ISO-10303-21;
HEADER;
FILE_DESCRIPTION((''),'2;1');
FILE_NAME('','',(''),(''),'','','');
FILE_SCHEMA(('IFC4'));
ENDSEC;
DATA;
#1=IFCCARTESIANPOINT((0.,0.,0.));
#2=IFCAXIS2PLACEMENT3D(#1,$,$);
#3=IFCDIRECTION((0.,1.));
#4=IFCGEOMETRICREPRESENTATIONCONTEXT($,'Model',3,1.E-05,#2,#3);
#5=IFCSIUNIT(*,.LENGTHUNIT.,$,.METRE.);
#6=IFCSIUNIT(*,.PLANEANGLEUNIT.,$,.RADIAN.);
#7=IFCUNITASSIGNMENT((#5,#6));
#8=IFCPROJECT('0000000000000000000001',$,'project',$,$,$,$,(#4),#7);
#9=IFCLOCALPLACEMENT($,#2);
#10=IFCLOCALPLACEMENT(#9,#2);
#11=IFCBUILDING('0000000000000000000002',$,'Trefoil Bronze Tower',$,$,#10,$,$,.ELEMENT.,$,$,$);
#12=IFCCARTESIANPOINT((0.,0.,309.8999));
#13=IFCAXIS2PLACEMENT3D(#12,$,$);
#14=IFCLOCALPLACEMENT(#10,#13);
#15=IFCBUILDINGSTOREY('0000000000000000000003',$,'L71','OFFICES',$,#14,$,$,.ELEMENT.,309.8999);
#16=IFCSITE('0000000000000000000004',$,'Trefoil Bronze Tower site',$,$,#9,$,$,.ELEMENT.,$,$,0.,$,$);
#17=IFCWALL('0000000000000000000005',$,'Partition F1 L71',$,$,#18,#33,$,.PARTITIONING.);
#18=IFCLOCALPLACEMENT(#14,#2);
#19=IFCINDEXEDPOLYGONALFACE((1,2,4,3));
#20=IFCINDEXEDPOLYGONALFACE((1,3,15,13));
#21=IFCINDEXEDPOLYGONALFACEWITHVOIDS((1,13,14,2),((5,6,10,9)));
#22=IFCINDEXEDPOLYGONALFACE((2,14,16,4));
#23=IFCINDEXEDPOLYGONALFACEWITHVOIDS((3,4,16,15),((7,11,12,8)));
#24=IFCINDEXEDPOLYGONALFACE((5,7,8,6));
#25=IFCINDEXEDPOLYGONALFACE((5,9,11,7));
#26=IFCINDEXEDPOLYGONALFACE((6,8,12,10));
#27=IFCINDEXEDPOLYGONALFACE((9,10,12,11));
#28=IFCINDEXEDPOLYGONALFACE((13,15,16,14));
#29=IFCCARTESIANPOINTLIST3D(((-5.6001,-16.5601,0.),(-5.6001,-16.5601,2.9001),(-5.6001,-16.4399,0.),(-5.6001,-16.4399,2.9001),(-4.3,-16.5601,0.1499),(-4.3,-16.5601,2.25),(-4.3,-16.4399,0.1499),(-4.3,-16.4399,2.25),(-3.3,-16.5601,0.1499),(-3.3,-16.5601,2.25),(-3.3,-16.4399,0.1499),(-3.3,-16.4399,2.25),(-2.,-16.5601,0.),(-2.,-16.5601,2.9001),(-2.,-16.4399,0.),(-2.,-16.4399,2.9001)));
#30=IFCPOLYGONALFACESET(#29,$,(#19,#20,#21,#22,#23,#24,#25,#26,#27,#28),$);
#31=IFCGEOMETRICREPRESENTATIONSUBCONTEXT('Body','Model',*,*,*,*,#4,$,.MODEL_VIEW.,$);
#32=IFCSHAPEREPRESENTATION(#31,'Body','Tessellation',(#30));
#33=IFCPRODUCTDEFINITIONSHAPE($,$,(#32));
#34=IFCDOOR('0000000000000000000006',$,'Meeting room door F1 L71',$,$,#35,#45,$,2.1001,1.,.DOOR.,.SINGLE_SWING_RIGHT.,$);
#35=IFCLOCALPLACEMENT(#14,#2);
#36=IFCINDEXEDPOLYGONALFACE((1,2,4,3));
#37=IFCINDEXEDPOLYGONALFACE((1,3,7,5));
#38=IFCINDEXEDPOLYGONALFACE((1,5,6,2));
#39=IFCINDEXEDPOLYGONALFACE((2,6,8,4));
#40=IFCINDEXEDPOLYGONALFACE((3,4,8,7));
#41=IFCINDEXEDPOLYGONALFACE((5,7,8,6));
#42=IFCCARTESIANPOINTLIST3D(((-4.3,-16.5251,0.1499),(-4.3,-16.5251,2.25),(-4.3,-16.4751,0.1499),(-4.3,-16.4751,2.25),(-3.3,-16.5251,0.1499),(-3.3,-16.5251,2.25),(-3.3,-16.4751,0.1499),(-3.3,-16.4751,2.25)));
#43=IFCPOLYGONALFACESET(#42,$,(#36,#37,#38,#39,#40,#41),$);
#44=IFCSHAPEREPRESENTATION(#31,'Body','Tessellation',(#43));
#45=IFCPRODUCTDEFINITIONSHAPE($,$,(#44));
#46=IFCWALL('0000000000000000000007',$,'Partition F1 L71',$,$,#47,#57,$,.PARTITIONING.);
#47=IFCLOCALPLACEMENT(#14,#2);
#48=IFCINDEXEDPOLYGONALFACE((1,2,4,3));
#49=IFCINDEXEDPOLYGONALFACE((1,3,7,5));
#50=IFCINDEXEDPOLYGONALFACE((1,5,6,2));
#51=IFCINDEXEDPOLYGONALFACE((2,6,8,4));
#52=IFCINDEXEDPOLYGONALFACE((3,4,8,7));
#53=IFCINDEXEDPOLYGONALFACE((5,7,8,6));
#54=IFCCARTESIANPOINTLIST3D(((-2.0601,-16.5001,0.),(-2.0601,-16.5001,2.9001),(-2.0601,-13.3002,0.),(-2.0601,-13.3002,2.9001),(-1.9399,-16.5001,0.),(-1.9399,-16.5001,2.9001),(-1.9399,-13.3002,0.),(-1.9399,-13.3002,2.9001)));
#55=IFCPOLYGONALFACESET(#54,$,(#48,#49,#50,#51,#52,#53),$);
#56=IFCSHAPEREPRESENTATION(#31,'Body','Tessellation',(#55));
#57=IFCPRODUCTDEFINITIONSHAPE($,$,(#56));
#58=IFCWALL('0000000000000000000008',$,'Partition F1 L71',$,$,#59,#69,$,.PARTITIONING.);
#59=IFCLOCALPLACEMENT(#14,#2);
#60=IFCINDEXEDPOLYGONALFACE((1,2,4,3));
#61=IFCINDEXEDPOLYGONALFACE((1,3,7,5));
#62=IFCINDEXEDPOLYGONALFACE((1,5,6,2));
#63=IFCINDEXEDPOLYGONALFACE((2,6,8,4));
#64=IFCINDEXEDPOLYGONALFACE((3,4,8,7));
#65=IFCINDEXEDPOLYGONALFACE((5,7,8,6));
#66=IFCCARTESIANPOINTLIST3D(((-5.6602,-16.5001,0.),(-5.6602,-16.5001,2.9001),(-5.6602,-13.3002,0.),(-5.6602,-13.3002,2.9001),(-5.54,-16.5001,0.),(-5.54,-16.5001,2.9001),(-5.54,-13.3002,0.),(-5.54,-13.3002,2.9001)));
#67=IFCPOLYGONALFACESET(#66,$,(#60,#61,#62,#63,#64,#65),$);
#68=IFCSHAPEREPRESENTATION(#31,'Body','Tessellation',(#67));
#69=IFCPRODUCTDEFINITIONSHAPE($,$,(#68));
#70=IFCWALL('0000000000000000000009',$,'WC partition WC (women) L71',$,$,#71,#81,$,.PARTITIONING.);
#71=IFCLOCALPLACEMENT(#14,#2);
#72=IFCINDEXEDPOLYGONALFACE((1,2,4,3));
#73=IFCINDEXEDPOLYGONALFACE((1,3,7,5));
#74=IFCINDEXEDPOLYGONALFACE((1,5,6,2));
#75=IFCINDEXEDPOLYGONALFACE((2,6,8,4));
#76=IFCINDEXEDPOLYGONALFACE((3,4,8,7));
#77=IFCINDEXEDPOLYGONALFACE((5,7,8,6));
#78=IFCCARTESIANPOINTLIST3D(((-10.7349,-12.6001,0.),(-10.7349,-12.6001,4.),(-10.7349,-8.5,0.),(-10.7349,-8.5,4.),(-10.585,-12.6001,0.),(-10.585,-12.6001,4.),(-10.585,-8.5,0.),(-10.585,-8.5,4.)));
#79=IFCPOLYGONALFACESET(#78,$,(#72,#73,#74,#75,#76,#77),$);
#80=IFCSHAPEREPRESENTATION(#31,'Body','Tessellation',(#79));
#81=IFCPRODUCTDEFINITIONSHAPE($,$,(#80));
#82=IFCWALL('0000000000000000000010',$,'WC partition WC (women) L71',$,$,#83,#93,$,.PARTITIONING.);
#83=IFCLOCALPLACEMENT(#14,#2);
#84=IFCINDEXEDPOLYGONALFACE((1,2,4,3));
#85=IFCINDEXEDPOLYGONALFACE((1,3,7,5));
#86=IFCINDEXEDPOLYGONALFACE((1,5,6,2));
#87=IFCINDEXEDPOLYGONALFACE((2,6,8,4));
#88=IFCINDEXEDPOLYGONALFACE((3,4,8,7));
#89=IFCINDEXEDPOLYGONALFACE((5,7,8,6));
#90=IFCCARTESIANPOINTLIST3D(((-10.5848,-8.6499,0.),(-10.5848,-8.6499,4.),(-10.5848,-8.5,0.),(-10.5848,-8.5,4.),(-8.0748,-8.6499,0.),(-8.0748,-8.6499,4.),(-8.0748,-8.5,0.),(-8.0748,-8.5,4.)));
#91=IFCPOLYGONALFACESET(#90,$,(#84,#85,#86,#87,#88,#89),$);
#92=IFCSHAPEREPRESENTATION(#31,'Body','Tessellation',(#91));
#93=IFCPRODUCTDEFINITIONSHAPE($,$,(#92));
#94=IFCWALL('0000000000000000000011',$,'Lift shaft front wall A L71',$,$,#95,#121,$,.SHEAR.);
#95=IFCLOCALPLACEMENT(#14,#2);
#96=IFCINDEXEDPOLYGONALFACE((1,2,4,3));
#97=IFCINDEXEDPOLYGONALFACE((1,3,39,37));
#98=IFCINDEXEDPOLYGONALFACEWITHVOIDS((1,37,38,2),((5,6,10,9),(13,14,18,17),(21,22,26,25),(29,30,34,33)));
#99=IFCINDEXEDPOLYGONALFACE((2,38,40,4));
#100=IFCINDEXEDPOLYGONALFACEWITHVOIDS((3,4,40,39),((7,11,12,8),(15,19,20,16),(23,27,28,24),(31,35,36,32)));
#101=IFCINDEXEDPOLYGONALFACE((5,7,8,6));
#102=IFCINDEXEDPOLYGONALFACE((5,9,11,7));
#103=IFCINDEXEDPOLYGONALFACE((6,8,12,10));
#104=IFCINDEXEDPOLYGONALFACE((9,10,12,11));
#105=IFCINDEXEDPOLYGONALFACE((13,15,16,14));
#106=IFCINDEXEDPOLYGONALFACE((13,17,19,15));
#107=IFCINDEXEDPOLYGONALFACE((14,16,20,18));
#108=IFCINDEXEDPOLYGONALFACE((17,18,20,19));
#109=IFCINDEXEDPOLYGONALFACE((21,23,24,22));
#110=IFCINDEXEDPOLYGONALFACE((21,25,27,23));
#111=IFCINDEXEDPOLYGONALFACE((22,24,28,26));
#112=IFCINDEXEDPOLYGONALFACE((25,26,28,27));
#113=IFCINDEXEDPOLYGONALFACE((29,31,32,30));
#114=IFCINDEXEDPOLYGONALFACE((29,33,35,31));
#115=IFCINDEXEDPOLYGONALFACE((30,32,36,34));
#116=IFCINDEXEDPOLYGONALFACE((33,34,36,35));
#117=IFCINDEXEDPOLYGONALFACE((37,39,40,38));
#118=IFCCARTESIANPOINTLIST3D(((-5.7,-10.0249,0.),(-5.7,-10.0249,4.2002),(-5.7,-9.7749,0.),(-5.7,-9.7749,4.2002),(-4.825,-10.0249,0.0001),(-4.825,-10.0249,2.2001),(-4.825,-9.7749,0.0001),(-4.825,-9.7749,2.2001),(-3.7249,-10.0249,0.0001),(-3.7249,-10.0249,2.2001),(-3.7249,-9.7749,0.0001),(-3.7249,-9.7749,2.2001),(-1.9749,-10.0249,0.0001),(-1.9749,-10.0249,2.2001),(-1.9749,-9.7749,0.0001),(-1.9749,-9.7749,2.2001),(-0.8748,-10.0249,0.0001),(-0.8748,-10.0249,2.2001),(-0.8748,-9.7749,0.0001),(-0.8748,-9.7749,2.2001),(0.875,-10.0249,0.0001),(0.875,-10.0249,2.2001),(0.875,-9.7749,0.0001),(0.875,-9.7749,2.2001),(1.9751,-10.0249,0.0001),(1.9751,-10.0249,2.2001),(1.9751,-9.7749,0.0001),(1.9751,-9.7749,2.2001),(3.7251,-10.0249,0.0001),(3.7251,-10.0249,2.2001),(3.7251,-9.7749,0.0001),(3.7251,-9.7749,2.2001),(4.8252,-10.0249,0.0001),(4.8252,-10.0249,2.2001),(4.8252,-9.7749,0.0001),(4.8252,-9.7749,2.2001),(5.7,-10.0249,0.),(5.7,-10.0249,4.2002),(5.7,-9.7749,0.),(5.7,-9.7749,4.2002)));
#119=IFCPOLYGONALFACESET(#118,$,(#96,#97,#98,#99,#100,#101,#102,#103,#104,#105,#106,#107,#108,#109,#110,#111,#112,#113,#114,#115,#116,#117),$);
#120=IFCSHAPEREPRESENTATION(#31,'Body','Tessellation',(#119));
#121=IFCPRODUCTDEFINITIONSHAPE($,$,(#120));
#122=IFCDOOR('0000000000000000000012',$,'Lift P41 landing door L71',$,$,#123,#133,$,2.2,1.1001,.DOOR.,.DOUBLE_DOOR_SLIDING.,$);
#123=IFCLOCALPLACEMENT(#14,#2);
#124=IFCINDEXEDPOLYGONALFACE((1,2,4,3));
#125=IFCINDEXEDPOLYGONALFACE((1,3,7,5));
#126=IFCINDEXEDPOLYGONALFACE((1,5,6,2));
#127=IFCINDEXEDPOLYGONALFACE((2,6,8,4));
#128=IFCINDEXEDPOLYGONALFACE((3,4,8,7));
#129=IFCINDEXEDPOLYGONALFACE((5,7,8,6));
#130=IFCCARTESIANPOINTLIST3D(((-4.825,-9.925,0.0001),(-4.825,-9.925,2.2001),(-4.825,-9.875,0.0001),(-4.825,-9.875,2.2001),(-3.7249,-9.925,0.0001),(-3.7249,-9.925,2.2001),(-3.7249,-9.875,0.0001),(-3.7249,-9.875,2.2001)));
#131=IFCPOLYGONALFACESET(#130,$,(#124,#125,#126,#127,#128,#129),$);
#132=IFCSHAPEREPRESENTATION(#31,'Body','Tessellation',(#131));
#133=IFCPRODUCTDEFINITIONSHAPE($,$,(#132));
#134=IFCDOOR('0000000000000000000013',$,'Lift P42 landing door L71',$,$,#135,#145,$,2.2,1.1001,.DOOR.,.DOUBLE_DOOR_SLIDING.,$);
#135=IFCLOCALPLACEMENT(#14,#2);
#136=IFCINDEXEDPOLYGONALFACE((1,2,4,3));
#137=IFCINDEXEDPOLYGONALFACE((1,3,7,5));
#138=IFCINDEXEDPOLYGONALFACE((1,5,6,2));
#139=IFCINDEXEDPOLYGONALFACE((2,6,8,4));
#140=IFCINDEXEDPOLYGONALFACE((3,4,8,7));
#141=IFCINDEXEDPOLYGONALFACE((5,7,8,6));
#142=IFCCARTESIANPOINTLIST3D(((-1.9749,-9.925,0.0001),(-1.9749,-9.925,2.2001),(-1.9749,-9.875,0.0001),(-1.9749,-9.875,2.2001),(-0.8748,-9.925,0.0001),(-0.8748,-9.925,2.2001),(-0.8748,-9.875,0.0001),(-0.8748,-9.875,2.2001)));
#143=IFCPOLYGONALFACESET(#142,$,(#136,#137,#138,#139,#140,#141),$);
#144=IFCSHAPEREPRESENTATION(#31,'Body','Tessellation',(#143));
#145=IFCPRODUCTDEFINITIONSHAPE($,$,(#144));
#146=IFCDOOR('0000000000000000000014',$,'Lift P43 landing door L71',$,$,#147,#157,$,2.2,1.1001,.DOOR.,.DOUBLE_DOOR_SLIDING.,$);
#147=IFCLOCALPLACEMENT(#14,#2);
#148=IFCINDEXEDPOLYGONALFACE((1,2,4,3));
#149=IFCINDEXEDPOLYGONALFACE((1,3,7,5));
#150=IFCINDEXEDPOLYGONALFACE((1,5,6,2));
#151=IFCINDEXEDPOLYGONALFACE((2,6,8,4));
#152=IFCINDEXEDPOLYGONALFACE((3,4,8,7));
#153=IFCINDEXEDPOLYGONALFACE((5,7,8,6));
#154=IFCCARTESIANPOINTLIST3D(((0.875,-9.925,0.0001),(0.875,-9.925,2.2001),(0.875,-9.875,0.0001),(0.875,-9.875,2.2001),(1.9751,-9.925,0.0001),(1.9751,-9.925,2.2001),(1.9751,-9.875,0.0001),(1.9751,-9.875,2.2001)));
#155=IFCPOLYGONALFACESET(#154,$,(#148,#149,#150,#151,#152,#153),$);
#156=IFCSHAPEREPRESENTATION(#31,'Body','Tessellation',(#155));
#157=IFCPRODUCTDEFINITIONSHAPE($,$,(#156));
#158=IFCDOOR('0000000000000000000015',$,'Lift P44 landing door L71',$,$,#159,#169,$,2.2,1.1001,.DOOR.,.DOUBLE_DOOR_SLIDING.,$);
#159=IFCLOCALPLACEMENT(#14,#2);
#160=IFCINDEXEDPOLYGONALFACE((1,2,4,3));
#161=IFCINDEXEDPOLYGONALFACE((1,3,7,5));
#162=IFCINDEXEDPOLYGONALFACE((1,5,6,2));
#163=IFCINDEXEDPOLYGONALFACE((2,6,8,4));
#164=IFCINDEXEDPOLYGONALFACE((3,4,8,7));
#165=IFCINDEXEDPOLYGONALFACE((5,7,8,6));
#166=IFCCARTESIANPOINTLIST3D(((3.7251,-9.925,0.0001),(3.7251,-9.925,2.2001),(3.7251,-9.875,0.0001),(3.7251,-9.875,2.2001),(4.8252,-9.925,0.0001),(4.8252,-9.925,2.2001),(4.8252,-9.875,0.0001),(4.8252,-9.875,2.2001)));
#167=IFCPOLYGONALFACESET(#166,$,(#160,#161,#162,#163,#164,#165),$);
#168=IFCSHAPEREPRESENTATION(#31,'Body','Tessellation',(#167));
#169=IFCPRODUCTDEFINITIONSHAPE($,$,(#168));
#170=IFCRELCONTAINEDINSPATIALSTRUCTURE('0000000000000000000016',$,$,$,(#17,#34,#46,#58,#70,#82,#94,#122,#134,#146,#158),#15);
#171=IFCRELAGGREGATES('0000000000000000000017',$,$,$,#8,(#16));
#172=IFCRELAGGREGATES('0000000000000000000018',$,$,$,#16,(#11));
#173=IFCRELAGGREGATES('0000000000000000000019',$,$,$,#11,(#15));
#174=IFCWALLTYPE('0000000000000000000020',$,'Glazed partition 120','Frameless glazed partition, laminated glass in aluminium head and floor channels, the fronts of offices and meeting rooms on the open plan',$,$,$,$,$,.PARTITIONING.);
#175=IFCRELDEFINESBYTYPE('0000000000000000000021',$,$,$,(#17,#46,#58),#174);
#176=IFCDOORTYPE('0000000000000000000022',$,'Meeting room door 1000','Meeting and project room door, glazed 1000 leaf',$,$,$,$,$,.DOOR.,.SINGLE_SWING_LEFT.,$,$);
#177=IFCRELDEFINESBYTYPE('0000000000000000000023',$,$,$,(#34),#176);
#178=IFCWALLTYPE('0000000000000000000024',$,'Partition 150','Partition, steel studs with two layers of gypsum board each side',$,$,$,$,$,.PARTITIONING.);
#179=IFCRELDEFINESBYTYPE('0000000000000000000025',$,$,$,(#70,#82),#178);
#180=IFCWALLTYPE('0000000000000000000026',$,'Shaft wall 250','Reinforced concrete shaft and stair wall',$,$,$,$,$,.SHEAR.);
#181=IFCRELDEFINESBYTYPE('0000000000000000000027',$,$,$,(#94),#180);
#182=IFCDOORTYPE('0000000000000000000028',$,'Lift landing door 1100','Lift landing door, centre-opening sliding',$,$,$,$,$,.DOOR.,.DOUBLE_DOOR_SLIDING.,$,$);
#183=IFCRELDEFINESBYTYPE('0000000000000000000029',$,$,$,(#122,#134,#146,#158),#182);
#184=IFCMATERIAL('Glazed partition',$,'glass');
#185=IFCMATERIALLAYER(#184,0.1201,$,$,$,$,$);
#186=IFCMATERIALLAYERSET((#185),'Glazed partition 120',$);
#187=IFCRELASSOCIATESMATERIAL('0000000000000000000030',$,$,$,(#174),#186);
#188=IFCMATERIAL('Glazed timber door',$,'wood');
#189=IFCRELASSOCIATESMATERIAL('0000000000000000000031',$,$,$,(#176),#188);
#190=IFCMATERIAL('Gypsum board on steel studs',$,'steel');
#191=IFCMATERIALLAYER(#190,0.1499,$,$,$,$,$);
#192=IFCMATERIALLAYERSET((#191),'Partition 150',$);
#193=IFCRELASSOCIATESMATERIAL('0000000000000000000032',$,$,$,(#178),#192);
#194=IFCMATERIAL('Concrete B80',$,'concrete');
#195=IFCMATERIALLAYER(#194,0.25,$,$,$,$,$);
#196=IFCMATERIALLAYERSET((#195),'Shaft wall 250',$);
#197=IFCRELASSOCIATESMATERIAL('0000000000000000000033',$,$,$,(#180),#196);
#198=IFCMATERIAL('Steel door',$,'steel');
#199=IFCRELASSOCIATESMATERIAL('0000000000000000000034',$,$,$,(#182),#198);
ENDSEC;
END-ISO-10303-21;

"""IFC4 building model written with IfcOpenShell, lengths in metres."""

from ifc_helpers import new_model, si_unit, direction, frame, frame_2d, origin, place, context, subcontext, project, spatial, rectangle, extrude, material, layer, layer_set, type_object, element, fill, save


model = new_model("IFC4")

# Units and contexts
model_context = context("Model", 3, precision=1e-05, world=origin(), true_north=direction((0.0, 1.0)))
body_context = subcontext(model_context, "Body", "Model", "MODEL_VIEW")
ifc_project = project(units=[si_unit("LENGTHUNIT", "METRE"), si_unit("PLANEANGLEUNIT", "RADIAN")], contexts=[model_context])

# Site, building, storey
site_placement = place(None, origin())
site = spatial("IfcSite", under=ifc_project, at=site_placement, Name="Trefoil Bronze Tower site", CompositionType="ELEMENT", RefElevation=0.0)
building_placement = place(site_placement, origin())
building = spatial("IfcBuilding", under=site, at=building_placement, Name="Trefoil Bronze Tower", CompositionType="ELEMENT")
storey_placement = place(building_placement, frame((0.0, 0.0, 309.8999)))
storey = spatial("IfcBuildingStorey", under=building, at=storey_placement, Name="L71", Description="OFFICES", CompositionType="ELEMENT", Elevation=309.8999)

# Wall, opening, door
ifc_material_1 = material(Name="Glazed partition", Category="glass")
ifc_layer_1 = layer(ifc_material_1, 0.1201)
ifc_layer_set_1 = layer_set([ifc_layer_1], Name="Glazed partition 120")
wall_type_1 = type_object("IfcWallType", Name="Glazed partition 120", Description="Frameless glazed partition, laminated glass in aluminium head and floor channels, the fronts of offices and meeting rooms on the open plan", PredefinedType="PARTITIONING", material=ifc_layer_set_1)
wall_1_placement = place(storey_placement, frame((-5.6001, -16.5, 0.0), z_axis=(0.0, 0.0, 1.0), x_axis=(1.0, 0.0, 0.0)))
wall_1 = element("IfcWall", 1, at=wall_1_placement, inside=storey, type_object=wall_type_1, Name="Partition F1 L71", PredefinedType="PARTITIONING", context=body_context, shape_type="SweptSolid", body=[
    extrude(rectangle(XDim=3.6001, YDim=0.1201, at=frame_2d((1.8, 0.0))), origin(), (0.0, 0.0, 1.0), 2.9001),
])
opening_1_placement = place(wall_1_placement, frame((1.3, 0.0, 0.1499)))
opening_1 = element("IfcOpeningElement", 2, at=opening_1_placement, cuts=wall_1, PredefinedType="OPENING", context=body_context, shape_type="SweptSolid", body=[
    extrude(rectangle(XDim=1.0, YDim=2.1001, at=frame_2d((0.5, 1.05))), frame((0.0, 0.0701, 0.0), z_axis=(0.0, -1.0, 0.0), x_axis=(1.0, 0.0, 0.0)), (0.0, 0.0, 1.0), 0.1401),
])
ifc_material_2 = material(Name="Glazed timber door", Category="wood")
door_type_1 = type_object("IfcDoorType", Name="Meeting room door 1000", Description="Meeting and project room door, glazed 1000 leaf", OperationType="SINGLE_SWING_LEFT", PredefinedType="DOOR", material=ifc_material_2)
door_1_placement = place(opening_1_placement, origin())
door_1 = element("IfcDoor", 3, at=door_1_placement, inside=storey, type_object=door_type_1, Name="Meeting room door F1 L71", OperationType="SINGLE_SWING_RIGHT", OverallHeight=2.1001, OverallWidth=1.0, PredefinedType="DOOR", context=body_context, shape_type="SweptSolid", body=[
    extrude(rectangle(XDim=1.0, YDim=2.1001, at=frame_2d((0.5, 1.05))), frame((0.0, 0.0249, 0.0), z_axis=(0.0, -1.0, 0.0), x_axis=(1.0, 0.0, 0.0)), (0.0, 0.0, 1.0), 0.05),
])
fill(opening_1, door_1)

# Walls
for number, where, z_axis, x_axis, name in (
    (4, (-2.0, -13.3, 0.0), (0.0, 0.0, 1.0), (0.0, -1.0, 0.0), "Partition F1 L71"),
    (5, (-5.6001, -13.3, 0.0), (0.0, 0.0, 1.0), (0.0, -1.0, 0.0), "Partition F1 L71"),
):
    element("IfcWall", number, at=place(storey_placement, frame(where, z_axis=z_axis, x_axis=x_axis)), inside=storey, type_object=wall_type_1, Name=name, PredefinedType="PARTITIONING", context=body_context, shape_type="SweptSolid", body=[
        extrude(rectangle(XDim=3.2, YDim=0.1201, at=frame_2d((1.6001, 0.0))), origin(), (0.0, 0.0, 1.0), 2.9001),
    ])
ifc_material_3 = material(Name="Gypsum board on steel studs", Category="steel")
ifc_layer_2 = layer(ifc_material_3, 0.1499)
ifc_layer_set_2 = layer_set([ifc_layer_2], Name="Partition 150")
wall_type_2 = type_object("IfcWallType", Name="Partition 150", Description="Partition, steel studs with two layers of gypsum board each side", PredefinedType="PARTITIONING", material=ifc_layer_set_2)
wall_2_placement = place(storey_placement, frame((-10.6599, -8.5, 0.0), z_axis=(0.0, 0.0, 1.0), x_axis=(0.0, -1.0, 0.0)))
element("IfcWall", 6, at=wall_2_placement, inside=storey, type_object=wall_type_2, Name="WC partition WC (women) L71", PredefinedType="PARTITIONING", context=body_context, shape_type="SweptSolid", body=[
    extrude(rectangle(XDim=4.1001, YDim=0.1499, at=frame_2d((2.05, 0.0))), origin(), (0.0, 0.0, 1.0), 4.0),
])
wall_3_placement = place(storey_placement, frame((-8.075, -8.575, 0.0), z_axis=(0.0, 0.0, 1.0), x_axis=(-1.0, 0.0, 0.0)))
element("IfcWall", 7, at=wall_3_placement, inside=storey, type_object=wall_type_2, Name="WC partition WC (women) L71", PredefinedType="PARTITIONING", context=body_context, shape_type="SweptSolid", body=[
    extrude(rectangle(XDim=2.51, YDim=0.1499, at=frame_2d((1.2549, 0.0))), origin(), (0.0, 0.0, 1.0), 4.0),
])

# Wall, openings, doors
ifc_material_4 = material(Name="Concrete B80", Category="concrete")
ifc_layer_3 = layer(ifc_material_4, 0.25)
ifc_layer_set_3 = layer_set([ifc_layer_3], Name="Shaft wall 250")
wall_type_3 = type_object("IfcWallType", Name="Shaft wall 250", Description="Reinforced concrete shaft and stair wall", PredefinedType="SHEAR", material=ifc_layer_set_3)
wall_4_placement = place(storey_placement, frame((-5.7, -9.8999, 0.0), z_axis=(0.0, 0.0, 1.0), x_axis=(1.0, 0.0, 0.0)))
wall_4 = element("IfcWall", 8, at=wall_4_placement, inside=storey, type_object=wall_type_3, Name="Lift shaft front wall A L71", PredefinedType="SHEAR", context=body_context, shape_type="SweptSolid", body=[
    extrude(rectangle(XDim=11.3999, YDim=0.25, at=frame_2d((5.7, 0.0))), origin(), (0.0, 0.0, 1.0), 4.2002),
])
opening_2_placement = place(wall_4_placement, frame((0.875, 0.0, 0.0)))
opening_2 = element("IfcOpeningElement", 9, at=opening_2_placement, cuts=wall_4, PredefinedType="OPENING", context=body_context, shape_type="SweptSolid", body=[
    extrude(rectangle(XDim=1.1001, YDim=2.2, at=frame_2d((0.55, 1.1001))), frame((0.0, 0.135, 0.0), z_axis=(0.0, -1.0, 0.0), x_axis=(1.0, 0.0, 0.0)), (0.0, 0.0, 1.0), 0.27),
])
opening_3_placement = place(wall_4_placement, frame((3.7251, 0.0, 0.0)))
opening_3 = element("IfcOpeningElement", 10, at=opening_3_placement, cuts=wall_4, PredefinedType="OPENING", context=body_context, shape_type="SweptSolid", body=[
    extrude(rectangle(XDim=1.1001, YDim=2.2, at=frame_2d((0.55, 1.1001))), frame((0.0, 0.135, 0.0), z_axis=(0.0, -1.0, 0.0), x_axis=(1.0, 0.0, 0.0)), (0.0, 0.0, 1.0), 0.27),
])
opening_4_placement = place(wall_4_placement, frame((6.575, 0.0, 0.0)))
opening_4 = element("IfcOpeningElement", 11, at=opening_4_placement, cuts=wall_4, PredefinedType="OPENING", context=body_context, shape_type="SweptSolid", body=[
    extrude(rectangle(XDim=1.1001, YDim=2.2, at=frame_2d((0.55, 1.1001))), frame((0.0, 0.135, 0.0), z_axis=(0.0, -1.0, 0.0), x_axis=(1.0, 0.0, 0.0)), (0.0, 0.0, 1.0), 0.27),
])
opening_5_placement = place(wall_4_placement, frame((9.425, 0.0, 0.0)))
opening_5 = element("IfcOpeningElement", 12, at=opening_5_placement, cuts=wall_4, PredefinedType="OPENING", context=body_context, shape_type="SweptSolid", body=[
    extrude(rectangle(XDim=1.1001, YDim=2.2, at=frame_2d((0.55, 1.1001))), frame((0.0, 0.135, 0.0), z_axis=(0.0, -1.0, 0.0), x_axis=(1.0, 0.0, 0.0)), (0.0, 0.0, 1.0), 0.27),
])
ifc_material_5 = material(Name="Steel door", Category="steel")
door_type_2 = type_object("IfcDoorType", Name="Lift landing door 1100", Description="Lift landing door, centre-opening sliding", OperationType="DOUBLE_DOOR_SLIDING", PredefinedType="DOOR", material=ifc_material_5)
door_2_placement = place(opening_2_placement, origin())
door_2 = element("IfcDoor", 13, at=door_2_placement, inside=storey, type_object=door_type_2, Name="Lift P41 landing door L71", OperationType="DOUBLE_DOOR_SLIDING", OverallHeight=2.2, OverallWidth=1.1001, PredefinedType="DOOR", context=body_context, shape_type="SweptSolid", body=[
    extrude(rectangle(XDim=1.1001, YDim=2.2, at=frame_2d((0.55, 1.1001))), frame((0.0, 0.0249, 0.0), z_axis=(0.0, -1.0, 0.0), x_axis=(1.0, 0.0, 0.0)), (0.0, 0.0, 1.0), 0.05),
])
fill(opening_2, door_2)
door_3_placement = place(opening_3_placement, origin())
door_3 = element("IfcDoor", 14, at=door_3_placement, inside=storey, type_object=door_type_2, Name="Lift P42 landing door L71", OperationType="DOUBLE_DOOR_SLIDING", OverallHeight=2.2, OverallWidth=1.1001, PredefinedType="DOOR", context=body_context, shape_type="SweptSolid", body=[
    extrude(rectangle(XDim=1.1001, YDim=2.2, at=frame_2d((0.55, 1.1001))), frame((0.0, 0.0249, 0.0), z_axis=(0.0, -1.0, 0.0), x_axis=(1.0, 0.0, 0.0)), (0.0, 0.0, 1.0), 0.05),
])
fill(opening_3, door_3)
door_4_placement = place(opening_4_placement, origin())
door_4 = element("IfcDoor", 15, at=door_4_placement, inside=storey, type_object=door_type_2, Name="Lift P43 landing door L71", OperationType="DOUBLE_DOOR_SLIDING", OverallHeight=2.2, OverallWidth=1.1001, PredefinedType="DOOR", context=body_context, shape_type="SweptSolid", body=[
    extrude(rectangle(XDim=1.1001, YDim=2.2, at=frame_2d((0.55, 1.1001))), frame((0.0, 0.0249, 0.0), z_axis=(0.0, -1.0, 0.0), x_axis=(1.0, 0.0, 0.0)), (0.0, 0.0, 1.0), 0.05),
])
fill(opening_4, door_4)
door_5_placement = place(opening_5_placement, origin())
door_5 = element("IfcDoor", 16, at=door_5_placement, inside=storey, type_object=door_type_2, Name="Lift P44 landing door L71", OperationType="DOUBLE_DOOR_SLIDING", OverallHeight=2.2, OverallWidth=1.1001, PredefinedType="DOOR", context=body_context, shape_type="SweptSolid", body=[
    extrude(rectangle(XDim=1.1001, YDim=2.2, at=frame_2d((0.55, 1.1001))), frame((0.0, 0.0249, 0.0), z_axis=(0.0, -1.0, 0.0), x_axis=(1.0, 0.0, 0.0)), (0.0, 0.0, 1.0), 0.05),
])
fill(opening_5, door_5)

save(model, "model.ifc")
